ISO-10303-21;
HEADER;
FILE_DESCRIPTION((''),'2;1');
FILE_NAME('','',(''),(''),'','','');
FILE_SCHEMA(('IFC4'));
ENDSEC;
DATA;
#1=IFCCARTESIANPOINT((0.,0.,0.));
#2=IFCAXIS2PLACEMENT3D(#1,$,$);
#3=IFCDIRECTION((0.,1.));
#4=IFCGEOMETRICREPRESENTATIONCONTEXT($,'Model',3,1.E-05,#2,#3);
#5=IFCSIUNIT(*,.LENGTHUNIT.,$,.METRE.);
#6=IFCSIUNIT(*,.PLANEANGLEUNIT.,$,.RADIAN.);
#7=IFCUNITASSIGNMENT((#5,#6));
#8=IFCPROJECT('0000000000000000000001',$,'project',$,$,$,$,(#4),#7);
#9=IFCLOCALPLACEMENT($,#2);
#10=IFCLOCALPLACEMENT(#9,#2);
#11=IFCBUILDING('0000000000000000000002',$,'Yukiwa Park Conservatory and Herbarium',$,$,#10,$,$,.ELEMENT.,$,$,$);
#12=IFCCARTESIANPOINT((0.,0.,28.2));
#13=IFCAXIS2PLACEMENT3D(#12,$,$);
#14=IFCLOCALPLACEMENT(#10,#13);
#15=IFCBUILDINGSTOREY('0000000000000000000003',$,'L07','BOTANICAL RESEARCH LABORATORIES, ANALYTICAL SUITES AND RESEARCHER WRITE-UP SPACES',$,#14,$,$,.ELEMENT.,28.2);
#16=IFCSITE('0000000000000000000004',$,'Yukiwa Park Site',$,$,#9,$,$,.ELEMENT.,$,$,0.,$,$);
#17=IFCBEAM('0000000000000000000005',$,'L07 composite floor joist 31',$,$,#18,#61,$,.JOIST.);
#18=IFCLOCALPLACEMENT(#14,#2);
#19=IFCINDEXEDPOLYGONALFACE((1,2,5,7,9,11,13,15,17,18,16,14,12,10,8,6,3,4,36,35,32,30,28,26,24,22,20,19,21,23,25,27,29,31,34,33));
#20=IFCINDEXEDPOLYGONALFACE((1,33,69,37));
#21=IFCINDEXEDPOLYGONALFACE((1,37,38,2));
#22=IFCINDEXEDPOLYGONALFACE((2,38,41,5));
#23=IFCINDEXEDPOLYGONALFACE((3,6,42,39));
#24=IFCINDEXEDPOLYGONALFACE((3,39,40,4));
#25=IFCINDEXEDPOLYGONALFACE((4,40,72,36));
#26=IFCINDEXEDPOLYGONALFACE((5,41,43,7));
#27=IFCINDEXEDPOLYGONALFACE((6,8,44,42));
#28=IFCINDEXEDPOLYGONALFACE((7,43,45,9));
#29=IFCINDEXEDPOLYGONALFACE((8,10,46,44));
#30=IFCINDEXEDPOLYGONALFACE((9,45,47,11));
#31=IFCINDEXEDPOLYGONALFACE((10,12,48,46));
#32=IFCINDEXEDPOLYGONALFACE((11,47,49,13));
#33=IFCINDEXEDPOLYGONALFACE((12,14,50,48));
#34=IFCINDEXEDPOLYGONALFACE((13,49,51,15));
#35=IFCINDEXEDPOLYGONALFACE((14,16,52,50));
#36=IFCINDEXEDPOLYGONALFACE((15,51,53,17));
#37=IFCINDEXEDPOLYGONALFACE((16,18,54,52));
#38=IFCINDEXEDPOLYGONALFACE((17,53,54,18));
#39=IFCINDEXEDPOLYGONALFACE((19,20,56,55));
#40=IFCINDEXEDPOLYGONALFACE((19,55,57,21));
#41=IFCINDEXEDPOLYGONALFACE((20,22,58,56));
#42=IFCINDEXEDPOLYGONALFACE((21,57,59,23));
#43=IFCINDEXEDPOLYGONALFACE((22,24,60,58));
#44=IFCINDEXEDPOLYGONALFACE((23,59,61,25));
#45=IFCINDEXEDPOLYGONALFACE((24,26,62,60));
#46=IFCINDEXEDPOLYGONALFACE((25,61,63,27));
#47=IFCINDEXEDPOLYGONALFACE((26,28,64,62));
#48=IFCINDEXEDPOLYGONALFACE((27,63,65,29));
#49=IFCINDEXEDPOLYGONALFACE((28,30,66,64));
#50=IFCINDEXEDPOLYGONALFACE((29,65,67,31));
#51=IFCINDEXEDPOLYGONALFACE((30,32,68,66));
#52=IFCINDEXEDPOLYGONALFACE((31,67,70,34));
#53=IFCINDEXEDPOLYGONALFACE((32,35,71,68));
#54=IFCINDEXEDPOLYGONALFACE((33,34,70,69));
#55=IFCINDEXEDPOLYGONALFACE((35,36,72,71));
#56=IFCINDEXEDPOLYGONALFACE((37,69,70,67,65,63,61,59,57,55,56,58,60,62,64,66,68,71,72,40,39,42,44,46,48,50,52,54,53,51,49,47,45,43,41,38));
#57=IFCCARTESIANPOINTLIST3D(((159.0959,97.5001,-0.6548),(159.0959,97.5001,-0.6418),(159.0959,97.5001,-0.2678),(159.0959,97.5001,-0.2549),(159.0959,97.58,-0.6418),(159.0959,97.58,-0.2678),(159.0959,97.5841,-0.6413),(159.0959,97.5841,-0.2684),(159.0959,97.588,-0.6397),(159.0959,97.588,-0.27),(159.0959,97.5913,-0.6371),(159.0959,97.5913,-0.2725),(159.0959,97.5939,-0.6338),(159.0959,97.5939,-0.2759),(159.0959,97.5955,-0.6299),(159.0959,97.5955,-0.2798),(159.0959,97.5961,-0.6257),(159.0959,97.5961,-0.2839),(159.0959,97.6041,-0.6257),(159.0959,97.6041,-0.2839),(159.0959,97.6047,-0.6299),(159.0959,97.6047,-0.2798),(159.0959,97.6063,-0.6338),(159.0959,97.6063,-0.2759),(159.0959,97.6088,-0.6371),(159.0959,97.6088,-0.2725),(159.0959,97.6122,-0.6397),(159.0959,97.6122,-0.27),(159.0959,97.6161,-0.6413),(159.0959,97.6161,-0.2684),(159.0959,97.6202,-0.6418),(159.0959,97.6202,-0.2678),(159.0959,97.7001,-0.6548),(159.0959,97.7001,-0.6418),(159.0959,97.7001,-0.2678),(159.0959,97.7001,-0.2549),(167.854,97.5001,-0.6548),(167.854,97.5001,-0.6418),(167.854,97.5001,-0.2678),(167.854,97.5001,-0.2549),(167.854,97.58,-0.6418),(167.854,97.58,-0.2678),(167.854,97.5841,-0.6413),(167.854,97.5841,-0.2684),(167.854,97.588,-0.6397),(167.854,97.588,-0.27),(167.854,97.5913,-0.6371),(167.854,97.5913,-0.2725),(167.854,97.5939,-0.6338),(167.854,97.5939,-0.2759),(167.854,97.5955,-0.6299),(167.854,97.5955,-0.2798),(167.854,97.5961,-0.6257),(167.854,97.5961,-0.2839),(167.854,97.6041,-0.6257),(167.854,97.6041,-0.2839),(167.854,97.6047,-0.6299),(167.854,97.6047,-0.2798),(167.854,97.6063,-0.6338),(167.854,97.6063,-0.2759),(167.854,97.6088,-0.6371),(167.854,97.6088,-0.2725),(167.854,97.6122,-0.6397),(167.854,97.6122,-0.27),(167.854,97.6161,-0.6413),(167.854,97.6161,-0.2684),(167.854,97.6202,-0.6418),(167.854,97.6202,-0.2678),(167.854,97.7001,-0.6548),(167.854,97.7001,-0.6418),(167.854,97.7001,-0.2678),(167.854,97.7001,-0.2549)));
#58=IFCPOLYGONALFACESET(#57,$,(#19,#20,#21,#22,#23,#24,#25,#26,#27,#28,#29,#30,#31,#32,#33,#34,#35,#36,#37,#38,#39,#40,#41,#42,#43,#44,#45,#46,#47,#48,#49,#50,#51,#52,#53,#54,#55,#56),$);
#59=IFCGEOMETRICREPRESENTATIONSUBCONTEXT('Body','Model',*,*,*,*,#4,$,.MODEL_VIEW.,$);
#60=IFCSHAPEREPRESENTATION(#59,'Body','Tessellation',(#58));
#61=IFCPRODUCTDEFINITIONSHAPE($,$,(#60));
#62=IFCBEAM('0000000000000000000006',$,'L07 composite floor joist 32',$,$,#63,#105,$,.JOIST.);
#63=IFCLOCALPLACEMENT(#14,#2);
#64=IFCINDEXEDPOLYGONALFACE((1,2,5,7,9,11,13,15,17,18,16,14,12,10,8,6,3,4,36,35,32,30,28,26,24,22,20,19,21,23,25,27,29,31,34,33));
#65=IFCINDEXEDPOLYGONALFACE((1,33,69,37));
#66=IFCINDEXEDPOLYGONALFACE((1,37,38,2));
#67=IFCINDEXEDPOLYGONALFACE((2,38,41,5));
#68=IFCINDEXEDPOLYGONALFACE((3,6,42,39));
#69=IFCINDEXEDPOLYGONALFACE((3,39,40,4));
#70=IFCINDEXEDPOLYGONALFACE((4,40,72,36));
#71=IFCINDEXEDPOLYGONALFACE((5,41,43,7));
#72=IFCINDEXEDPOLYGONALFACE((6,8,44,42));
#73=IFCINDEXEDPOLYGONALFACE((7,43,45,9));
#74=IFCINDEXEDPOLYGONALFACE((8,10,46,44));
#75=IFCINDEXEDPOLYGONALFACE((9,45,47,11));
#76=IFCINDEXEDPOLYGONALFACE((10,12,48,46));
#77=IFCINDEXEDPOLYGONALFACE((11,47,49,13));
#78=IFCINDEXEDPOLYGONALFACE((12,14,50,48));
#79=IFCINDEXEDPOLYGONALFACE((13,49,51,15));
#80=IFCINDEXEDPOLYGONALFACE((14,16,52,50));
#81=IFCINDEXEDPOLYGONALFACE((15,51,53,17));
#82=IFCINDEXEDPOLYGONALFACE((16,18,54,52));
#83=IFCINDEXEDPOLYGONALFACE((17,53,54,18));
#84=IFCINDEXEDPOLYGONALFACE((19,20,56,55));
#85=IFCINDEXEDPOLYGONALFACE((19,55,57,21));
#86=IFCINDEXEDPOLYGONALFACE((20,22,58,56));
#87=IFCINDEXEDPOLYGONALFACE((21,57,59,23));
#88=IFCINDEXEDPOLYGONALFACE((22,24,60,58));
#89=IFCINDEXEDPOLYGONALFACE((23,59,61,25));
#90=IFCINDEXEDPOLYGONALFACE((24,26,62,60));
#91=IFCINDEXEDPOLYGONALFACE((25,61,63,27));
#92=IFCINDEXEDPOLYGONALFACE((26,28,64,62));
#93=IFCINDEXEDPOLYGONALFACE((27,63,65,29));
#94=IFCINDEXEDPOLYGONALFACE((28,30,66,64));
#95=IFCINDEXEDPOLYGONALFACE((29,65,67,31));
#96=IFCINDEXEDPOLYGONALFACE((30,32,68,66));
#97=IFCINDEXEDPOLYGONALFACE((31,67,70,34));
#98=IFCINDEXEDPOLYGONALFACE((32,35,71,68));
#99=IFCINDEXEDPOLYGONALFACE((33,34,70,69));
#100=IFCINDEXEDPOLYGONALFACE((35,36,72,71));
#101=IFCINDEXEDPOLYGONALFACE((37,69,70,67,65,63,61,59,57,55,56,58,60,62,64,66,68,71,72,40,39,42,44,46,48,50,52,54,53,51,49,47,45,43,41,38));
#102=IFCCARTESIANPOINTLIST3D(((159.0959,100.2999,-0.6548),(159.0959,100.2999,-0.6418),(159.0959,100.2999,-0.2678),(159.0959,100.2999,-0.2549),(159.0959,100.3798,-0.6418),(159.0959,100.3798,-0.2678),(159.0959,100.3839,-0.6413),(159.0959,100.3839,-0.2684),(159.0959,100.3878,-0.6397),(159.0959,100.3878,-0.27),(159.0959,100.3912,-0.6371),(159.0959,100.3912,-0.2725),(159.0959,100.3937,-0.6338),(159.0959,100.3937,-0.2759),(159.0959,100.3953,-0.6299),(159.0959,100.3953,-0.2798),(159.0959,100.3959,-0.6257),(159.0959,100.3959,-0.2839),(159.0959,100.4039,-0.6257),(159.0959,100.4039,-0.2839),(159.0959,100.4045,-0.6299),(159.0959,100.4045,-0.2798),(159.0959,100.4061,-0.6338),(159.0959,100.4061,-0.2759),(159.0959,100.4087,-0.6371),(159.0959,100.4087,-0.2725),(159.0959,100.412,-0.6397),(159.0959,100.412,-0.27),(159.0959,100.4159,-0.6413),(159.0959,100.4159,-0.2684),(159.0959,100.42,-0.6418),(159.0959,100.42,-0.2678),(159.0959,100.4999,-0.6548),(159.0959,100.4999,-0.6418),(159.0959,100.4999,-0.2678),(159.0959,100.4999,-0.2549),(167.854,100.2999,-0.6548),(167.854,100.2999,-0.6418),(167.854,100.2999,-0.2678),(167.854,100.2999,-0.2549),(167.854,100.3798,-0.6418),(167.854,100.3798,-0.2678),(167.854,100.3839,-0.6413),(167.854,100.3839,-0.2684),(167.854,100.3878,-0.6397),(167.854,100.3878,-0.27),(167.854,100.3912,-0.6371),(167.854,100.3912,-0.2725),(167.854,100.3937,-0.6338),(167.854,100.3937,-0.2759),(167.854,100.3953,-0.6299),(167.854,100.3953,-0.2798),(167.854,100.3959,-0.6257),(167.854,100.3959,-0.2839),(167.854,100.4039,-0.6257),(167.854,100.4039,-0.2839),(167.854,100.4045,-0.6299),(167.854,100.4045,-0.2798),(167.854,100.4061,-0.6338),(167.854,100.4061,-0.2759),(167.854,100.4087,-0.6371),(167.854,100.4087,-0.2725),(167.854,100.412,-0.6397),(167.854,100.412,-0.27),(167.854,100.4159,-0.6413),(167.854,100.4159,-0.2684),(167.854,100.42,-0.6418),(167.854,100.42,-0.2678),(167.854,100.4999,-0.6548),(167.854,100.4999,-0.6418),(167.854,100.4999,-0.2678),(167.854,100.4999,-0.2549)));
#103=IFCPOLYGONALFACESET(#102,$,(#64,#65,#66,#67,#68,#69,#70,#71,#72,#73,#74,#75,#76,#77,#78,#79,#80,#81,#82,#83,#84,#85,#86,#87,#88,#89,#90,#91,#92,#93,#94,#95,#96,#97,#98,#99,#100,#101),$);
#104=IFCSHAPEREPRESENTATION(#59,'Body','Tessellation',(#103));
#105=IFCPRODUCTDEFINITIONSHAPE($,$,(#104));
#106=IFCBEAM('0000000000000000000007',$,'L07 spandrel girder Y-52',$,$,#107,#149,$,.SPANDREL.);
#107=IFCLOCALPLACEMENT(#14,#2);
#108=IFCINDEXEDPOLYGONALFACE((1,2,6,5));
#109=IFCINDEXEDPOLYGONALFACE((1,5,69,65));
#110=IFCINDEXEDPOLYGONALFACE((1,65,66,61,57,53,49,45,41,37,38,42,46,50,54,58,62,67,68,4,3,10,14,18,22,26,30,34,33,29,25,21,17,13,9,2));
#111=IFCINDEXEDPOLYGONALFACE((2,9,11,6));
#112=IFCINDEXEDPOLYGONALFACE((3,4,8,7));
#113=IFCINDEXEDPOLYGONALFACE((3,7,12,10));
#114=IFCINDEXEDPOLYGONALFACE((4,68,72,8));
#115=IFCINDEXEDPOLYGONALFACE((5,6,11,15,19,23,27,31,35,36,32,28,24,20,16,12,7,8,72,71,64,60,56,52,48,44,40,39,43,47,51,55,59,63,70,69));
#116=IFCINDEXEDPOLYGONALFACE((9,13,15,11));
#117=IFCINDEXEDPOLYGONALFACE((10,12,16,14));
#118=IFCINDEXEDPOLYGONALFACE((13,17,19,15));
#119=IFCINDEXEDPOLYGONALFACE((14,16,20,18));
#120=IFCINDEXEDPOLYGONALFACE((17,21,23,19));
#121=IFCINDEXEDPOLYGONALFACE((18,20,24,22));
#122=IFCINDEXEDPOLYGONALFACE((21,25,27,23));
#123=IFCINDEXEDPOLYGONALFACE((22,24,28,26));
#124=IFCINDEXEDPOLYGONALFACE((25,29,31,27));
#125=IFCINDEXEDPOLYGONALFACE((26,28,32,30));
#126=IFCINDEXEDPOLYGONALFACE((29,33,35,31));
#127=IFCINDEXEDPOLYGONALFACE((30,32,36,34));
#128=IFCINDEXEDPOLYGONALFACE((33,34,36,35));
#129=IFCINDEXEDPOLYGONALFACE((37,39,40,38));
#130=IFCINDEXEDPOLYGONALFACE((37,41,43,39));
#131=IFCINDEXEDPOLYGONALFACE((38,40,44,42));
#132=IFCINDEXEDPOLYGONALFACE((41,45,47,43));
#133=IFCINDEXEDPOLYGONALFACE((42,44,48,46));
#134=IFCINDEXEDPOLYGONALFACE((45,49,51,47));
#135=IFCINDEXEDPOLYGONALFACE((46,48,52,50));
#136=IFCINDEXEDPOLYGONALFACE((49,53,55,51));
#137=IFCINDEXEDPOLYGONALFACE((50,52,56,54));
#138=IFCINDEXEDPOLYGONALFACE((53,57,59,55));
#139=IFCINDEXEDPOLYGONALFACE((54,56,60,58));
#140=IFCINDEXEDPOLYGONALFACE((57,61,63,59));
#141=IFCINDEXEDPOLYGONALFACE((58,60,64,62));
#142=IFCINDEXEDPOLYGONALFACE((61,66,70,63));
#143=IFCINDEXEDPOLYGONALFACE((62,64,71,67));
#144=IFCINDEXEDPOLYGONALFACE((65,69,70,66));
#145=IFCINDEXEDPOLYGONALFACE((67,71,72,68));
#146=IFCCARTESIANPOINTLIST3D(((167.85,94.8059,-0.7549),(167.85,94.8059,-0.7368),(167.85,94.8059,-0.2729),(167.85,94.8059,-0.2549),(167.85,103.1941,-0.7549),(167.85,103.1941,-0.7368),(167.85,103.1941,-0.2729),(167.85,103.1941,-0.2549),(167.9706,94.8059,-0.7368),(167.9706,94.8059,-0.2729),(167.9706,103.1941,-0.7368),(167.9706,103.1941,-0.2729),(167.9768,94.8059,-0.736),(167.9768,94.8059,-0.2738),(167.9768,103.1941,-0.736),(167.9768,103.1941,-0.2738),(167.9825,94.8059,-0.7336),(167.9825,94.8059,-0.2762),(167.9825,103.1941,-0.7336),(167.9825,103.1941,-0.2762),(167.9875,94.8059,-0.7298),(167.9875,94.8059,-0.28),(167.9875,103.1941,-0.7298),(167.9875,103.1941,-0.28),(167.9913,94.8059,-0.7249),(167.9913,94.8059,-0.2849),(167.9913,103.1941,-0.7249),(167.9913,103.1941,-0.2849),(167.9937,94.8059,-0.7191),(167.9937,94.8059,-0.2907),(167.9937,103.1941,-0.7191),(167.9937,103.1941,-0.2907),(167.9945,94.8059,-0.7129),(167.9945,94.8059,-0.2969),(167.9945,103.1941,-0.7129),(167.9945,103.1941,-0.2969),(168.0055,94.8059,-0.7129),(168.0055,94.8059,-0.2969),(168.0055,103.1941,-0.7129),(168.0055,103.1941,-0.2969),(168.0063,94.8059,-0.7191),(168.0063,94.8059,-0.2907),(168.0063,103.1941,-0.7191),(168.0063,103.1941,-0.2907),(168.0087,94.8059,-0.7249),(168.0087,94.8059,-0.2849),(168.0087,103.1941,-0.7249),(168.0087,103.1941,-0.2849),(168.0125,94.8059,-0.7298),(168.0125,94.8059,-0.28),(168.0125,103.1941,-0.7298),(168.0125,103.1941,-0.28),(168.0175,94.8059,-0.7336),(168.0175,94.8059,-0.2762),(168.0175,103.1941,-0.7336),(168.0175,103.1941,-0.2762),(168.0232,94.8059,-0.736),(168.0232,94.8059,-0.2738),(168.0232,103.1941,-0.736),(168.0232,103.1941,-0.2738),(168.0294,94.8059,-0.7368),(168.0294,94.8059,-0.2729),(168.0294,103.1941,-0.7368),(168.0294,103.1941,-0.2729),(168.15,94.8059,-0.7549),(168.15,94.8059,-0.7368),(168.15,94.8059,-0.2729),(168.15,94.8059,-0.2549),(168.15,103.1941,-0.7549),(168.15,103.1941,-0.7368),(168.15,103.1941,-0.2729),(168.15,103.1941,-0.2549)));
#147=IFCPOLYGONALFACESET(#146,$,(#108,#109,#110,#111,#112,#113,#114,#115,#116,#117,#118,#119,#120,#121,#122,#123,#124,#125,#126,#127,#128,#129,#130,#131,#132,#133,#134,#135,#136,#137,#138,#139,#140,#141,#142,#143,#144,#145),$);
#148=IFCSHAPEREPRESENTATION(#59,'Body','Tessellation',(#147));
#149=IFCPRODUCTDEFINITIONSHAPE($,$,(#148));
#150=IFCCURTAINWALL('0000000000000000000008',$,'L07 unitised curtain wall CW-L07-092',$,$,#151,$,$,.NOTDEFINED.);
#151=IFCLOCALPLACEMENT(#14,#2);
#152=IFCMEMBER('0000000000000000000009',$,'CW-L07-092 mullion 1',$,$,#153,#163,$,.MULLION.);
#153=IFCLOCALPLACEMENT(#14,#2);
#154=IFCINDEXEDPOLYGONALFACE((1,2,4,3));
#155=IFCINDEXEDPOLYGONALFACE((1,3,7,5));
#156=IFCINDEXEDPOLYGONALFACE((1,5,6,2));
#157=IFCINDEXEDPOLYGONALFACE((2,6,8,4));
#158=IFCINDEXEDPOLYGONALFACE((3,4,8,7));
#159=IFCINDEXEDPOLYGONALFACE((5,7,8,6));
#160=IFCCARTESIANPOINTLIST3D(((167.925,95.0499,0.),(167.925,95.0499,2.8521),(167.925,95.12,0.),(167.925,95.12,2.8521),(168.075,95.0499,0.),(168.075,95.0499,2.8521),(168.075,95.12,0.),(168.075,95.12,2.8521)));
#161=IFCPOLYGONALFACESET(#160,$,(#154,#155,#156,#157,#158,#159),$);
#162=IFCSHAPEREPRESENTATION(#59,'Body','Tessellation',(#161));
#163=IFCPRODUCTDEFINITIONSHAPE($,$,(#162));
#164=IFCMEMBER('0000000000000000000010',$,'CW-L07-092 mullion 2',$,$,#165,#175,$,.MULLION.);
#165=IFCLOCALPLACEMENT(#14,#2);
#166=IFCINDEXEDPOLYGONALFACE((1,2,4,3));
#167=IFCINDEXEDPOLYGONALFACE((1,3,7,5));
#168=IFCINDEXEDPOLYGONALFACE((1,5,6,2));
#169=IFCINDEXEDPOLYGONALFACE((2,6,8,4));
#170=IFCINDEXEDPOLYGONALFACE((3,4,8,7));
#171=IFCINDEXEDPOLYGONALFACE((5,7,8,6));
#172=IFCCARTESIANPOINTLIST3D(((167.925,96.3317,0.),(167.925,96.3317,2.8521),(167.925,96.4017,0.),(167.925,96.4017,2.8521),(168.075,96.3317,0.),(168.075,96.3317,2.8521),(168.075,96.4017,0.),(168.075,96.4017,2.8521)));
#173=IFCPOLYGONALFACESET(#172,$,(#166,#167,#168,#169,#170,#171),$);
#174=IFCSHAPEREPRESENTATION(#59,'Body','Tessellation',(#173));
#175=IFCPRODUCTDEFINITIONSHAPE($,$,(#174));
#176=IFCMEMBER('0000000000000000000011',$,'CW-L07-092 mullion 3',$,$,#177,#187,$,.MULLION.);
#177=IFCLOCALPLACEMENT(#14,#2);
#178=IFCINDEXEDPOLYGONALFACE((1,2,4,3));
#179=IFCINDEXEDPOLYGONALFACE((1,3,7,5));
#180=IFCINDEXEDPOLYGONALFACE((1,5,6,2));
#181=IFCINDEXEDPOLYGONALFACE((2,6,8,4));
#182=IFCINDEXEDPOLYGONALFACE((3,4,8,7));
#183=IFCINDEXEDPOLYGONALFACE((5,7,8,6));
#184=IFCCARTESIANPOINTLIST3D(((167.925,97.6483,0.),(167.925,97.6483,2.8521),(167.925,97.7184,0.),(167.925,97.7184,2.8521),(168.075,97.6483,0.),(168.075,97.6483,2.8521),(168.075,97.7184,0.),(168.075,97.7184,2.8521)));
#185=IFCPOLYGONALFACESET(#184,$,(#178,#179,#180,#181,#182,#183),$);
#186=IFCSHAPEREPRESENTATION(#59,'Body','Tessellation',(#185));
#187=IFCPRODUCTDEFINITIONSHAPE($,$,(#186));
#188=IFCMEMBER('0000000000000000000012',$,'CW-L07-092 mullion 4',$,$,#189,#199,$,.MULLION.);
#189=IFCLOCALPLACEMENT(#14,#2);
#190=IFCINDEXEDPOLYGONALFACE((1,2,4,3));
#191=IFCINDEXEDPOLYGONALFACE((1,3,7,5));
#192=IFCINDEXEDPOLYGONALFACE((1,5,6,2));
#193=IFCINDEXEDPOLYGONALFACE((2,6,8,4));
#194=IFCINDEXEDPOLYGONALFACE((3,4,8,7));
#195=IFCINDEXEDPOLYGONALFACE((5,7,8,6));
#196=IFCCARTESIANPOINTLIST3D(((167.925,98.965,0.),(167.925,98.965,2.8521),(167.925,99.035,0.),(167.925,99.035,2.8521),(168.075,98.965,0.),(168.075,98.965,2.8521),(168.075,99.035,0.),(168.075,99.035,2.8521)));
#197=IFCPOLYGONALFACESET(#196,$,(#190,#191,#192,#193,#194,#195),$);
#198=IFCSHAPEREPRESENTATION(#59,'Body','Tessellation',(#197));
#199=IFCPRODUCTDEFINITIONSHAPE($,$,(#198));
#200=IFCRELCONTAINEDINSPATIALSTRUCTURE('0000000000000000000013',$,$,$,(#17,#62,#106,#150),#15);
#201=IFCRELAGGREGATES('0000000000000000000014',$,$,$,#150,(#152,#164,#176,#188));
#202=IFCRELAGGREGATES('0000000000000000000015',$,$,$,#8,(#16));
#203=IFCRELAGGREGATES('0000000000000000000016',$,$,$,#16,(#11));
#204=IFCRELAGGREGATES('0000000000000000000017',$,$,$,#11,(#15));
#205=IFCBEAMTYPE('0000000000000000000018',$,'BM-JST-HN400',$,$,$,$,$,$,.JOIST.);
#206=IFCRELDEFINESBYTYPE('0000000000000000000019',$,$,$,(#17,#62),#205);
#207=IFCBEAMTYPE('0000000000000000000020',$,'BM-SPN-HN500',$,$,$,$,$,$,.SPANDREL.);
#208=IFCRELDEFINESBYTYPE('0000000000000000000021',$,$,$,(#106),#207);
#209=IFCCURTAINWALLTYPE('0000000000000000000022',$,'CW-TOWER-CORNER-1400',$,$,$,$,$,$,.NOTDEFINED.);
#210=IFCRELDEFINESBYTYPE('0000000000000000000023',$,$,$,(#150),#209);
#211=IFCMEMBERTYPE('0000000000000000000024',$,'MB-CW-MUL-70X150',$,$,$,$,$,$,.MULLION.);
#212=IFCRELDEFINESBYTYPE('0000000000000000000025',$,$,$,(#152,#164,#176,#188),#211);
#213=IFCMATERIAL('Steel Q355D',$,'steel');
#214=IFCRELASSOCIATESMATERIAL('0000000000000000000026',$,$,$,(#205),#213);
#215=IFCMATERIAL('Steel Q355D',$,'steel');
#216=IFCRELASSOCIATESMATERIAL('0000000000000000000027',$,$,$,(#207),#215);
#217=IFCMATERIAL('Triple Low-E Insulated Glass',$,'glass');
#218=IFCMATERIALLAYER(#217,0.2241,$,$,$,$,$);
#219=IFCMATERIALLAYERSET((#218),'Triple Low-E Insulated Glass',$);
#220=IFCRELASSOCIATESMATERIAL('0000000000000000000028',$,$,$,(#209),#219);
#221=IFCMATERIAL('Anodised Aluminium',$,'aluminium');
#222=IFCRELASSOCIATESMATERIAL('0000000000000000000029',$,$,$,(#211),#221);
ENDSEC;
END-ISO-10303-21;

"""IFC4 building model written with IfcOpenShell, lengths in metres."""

from ifc_helpers import new_model, si_unit, direction, frame, origin, origin_2d, place, context, subcontext, project, spatial, rectangle, i_section, extrude, material, layer, layer_set, material_profile, profile_set, type_object, element, aggregate, save


model = new_model("IFC4")

# Units and contexts
model_context = context("Model", 3, precision=1e-05, world=origin(), true_north=direction((0.0, 1.0)))
body_context = subcontext(model_context, "Body", "Model", "MODEL_VIEW")
ifc_project = project(units=[si_unit("LENGTHUNIT", "METRE"), si_unit("PLANEANGLEUNIT", "RADIAN")], contexts=[model_context])

# Site, building, storey
site_placement = place(None, origin())
site = spatial("IfcSite", under=ifc_project, at=site_placement, Name="Yukiwa Park Site", CompositionType="ELEMENT", RefElevation=0.0)
building_placement = place(site_placement, origin())
building = spatial("IfcBuilding", under=site, at=building_placement, Name="Yukiwa Park Conservatory and Herbarium", CompositionType="ELEMENT")
storey_placement = place(building_placement, frame((0.0, 0.0, 28.2)))
storey = spatial("IfcBuildingStorey", under=building, at=storey_placement, Name="L07", Description="BOTANICAL RESEARCH LABORATORIES, ANALYTICAL SUITES AND RESEARCHER WRITE-UP SPACES", CompositionType="ELEMENT", Elevation=28.2)

# Beams
ifc_material_1 = material(Name="Steel Q355D", Category="steel")
ifc_material_profile_1 = material_profile(ifc_material_1, i_section(OverallWidth=0.2, OverallDepth=0.3999, WebThickness=0.0081, FlangeThickness=0.0129, FilletRadius=0.0161, at=origin_2d()), Name="HN 400x200x8x13")
ifc_profile_set_1 = profile_set([ifc_material_profile_1], Name="Steel Q355D")
beam_type_1 = type_object("IfcBeamType", Name="BM-JST-HN400", PredefinedType="JOIST", material=ifc_profile_set_1)
for number, where, z_axis, x_axis, name in (
    (1, (159.0959, 97.6001, -0.4548), (1.0, 0.0, 0.0), (0.0, 1.0, 0.0), "L07 composite floor joist 31"),
    (2, (159.0959, 100.3999, -0.4548), (1.0, 0.0, 0.0), (0.0, 1.0, 0.0), "L07 composite floor joist 32"),
):
    element("IfcBeam", number, at=place(storey_placement, frame(where, z_axis=z_axis, x_axis=x_axis)), inside=storey, type_object=beam_type_1, Name=name, PredefinedType="JOIST", context=body_context, shape_type="SweptSolid", body=[
        extrude(i_section(OverallWidth=0.2, OverallDepth=0.3999, WebThickness=0.0081, FlangeThickness=0.0129, FilletRadius=0.0161, at=origin_2d()), origin(), (0.0, 0.0, 1.0), 8.7581),
    ])
ifc_material_2 = material(Name="Steel Q355D", Category="steel")
ifc_material_profile_2 = material_profile(ifc_material_2, i_section(OverallWidth=0.3, OverallDepth=0.5, WebThickness=0.011, FlangeThickness=0.0181, FilletRadius=0.0239, at=origin_2d()), Name="HM 500x300x11x18")
ifc_profile_set_2 = profile_set([ifc_material_profile_2], Name="Steel Q355D")
beam_type_2 = type_object("IfcBeamType", Name="BM-SPN-HN500", PredefinedType="SPANDREL", material=ifc_profile_set_2)
beam_placement = place(storey_placement, frame((168.0, 94.8059, -0.5049), z_axis=(0.0, 1.0, 0.0), x_axis=(-1.0, 0.0, 0.0)))
element("IfcBeam", 3, at=beam_placement, inside=storey, type_object=beam_type_2, Name="L07 spandrel girder Y-52", PredefinedType="SPANDREL", context=body_context, shape_type="SweptSolid", body=[
    extrude(i_section(OverallWidth=0.3, OverallDepth=0.5, WebThickness=0.011, FlangeThickness=0.0181, FilletRadius=0.0239, at=origin_2d()), origin(), (0.0, 0.0, 1.0), 8.3882),
])

# Curtain wall, members
ifc_material_3 = material(Name="Triple Low-E Insulated Glass", Category="glass")
ifc_layer_1 = layer(ifc_material_3, 0.2241)
ifc_layer_set_1 = layer_set([ifc_layer_1], Name="Triple Low-E Insulated Glass")
curtain_wall_type = type_object("IfcCurtainWallType", Name="CW-TOWER-CORNER-1400", PredefinedType="NOTDEFINED", material=ifc_layer_set_1)
curtain_wall_placement = place(storey_placement, origin())
curtain_wall = element("IfcCurtainWall", 4, at=curtain_wall_placement, inside=storey, type_object=curtain_wall_type, Name="L07 unitised curtain wall CW-L07-092", PredefinedType="NOTDEFINED")
ifc_material_4 = material(Name="Anodised Aluminium", Category="aluminium")
member_type_1 = type_object("IfcMemberType", Name="MB-CW-MUL-70X150", PredefinedType="MULLION", material=ifc_material_4)
member_1_placement = place(storey_placement, frame((168.0, 95.085, 0.0), z_axis=(0.0, 0.0, 1.0), x_axis=(0.0, 1.0, 0.0)))
member_1 = element("IfcMember", 5, at=member_1_placement, type_object=member_type_1, Name="CW-L07-092 mullion 1", PredefinedType="MULLION", context=body_context, shape_type="SweptSolid", body=[
    extrude(rectangle(XDim=0.0701, YDim=0.1499, at=origin_2d()), origin(), (0.0, 0.0, 1.0), 2.8521),
])
member_2_placement = place(storey_placement, frame((168.0, 96.3667, 0.0), z_axis=(0.0, 0.0, 1.0), x_axis=(0.0, 1.0, 0.0)))
member_2 = element("IfcMember", 6, at=member_2_placement, type_object=member_type_1, Name="CW-L07-092 mullion 2", PredefinedType="MULLION", context=body_context, shape_type="SweptSolid", body=[
    extrude(rectangle(XDim=0.0701, YDim=0.1499, at=origin_2d()), origin(), (0.0, 0.0, 1.0), 2.8521),
])
member_3_placement = place(storey_placement, frame((168.0, 97.6833, 0.0), z_axis=(0.0, 0.0, 1.0), x_axis=(0.0, 1.0, 0.0)))
member_3 = element("IfcMember", 7, at=member_3_placement, type_object=member_type_1, Name="CW-L07-092 mullion 3", PredefinedType="MULLION", context=body_context, shape_type="SweptSolid", body=[
    extrude(rectangle(XDim=0.0701, YDim=0.1499, at=origin_2d()), origin(), (0.0, 0.0, 1.0), 2.8521),
])
member_4_placement = place(storey_placement, frame((168.0, 99.0, 0.0), z_axis=(0.0, 0.0, 1.0), x_axis=(0.0, 1.0, 0.0)))
member_4 = element("IfcMember", 8, at=member_4_placement, type_object=member_type_1, Name="CW-L07-092 mullion 4", PredefinedType="MULLION", context=body_context, shape_type="SweptSolid", body=[
    extrude(rectangle(XDim=0.0701, YDim=0.1499, at=origin_2d()), origin(), (0.0, 0.0, 1.0), 2.8521),
])
aggregate(curtain_wall, [member_1, member_2, member_3, member_4])

save(model, "model.ifc")
